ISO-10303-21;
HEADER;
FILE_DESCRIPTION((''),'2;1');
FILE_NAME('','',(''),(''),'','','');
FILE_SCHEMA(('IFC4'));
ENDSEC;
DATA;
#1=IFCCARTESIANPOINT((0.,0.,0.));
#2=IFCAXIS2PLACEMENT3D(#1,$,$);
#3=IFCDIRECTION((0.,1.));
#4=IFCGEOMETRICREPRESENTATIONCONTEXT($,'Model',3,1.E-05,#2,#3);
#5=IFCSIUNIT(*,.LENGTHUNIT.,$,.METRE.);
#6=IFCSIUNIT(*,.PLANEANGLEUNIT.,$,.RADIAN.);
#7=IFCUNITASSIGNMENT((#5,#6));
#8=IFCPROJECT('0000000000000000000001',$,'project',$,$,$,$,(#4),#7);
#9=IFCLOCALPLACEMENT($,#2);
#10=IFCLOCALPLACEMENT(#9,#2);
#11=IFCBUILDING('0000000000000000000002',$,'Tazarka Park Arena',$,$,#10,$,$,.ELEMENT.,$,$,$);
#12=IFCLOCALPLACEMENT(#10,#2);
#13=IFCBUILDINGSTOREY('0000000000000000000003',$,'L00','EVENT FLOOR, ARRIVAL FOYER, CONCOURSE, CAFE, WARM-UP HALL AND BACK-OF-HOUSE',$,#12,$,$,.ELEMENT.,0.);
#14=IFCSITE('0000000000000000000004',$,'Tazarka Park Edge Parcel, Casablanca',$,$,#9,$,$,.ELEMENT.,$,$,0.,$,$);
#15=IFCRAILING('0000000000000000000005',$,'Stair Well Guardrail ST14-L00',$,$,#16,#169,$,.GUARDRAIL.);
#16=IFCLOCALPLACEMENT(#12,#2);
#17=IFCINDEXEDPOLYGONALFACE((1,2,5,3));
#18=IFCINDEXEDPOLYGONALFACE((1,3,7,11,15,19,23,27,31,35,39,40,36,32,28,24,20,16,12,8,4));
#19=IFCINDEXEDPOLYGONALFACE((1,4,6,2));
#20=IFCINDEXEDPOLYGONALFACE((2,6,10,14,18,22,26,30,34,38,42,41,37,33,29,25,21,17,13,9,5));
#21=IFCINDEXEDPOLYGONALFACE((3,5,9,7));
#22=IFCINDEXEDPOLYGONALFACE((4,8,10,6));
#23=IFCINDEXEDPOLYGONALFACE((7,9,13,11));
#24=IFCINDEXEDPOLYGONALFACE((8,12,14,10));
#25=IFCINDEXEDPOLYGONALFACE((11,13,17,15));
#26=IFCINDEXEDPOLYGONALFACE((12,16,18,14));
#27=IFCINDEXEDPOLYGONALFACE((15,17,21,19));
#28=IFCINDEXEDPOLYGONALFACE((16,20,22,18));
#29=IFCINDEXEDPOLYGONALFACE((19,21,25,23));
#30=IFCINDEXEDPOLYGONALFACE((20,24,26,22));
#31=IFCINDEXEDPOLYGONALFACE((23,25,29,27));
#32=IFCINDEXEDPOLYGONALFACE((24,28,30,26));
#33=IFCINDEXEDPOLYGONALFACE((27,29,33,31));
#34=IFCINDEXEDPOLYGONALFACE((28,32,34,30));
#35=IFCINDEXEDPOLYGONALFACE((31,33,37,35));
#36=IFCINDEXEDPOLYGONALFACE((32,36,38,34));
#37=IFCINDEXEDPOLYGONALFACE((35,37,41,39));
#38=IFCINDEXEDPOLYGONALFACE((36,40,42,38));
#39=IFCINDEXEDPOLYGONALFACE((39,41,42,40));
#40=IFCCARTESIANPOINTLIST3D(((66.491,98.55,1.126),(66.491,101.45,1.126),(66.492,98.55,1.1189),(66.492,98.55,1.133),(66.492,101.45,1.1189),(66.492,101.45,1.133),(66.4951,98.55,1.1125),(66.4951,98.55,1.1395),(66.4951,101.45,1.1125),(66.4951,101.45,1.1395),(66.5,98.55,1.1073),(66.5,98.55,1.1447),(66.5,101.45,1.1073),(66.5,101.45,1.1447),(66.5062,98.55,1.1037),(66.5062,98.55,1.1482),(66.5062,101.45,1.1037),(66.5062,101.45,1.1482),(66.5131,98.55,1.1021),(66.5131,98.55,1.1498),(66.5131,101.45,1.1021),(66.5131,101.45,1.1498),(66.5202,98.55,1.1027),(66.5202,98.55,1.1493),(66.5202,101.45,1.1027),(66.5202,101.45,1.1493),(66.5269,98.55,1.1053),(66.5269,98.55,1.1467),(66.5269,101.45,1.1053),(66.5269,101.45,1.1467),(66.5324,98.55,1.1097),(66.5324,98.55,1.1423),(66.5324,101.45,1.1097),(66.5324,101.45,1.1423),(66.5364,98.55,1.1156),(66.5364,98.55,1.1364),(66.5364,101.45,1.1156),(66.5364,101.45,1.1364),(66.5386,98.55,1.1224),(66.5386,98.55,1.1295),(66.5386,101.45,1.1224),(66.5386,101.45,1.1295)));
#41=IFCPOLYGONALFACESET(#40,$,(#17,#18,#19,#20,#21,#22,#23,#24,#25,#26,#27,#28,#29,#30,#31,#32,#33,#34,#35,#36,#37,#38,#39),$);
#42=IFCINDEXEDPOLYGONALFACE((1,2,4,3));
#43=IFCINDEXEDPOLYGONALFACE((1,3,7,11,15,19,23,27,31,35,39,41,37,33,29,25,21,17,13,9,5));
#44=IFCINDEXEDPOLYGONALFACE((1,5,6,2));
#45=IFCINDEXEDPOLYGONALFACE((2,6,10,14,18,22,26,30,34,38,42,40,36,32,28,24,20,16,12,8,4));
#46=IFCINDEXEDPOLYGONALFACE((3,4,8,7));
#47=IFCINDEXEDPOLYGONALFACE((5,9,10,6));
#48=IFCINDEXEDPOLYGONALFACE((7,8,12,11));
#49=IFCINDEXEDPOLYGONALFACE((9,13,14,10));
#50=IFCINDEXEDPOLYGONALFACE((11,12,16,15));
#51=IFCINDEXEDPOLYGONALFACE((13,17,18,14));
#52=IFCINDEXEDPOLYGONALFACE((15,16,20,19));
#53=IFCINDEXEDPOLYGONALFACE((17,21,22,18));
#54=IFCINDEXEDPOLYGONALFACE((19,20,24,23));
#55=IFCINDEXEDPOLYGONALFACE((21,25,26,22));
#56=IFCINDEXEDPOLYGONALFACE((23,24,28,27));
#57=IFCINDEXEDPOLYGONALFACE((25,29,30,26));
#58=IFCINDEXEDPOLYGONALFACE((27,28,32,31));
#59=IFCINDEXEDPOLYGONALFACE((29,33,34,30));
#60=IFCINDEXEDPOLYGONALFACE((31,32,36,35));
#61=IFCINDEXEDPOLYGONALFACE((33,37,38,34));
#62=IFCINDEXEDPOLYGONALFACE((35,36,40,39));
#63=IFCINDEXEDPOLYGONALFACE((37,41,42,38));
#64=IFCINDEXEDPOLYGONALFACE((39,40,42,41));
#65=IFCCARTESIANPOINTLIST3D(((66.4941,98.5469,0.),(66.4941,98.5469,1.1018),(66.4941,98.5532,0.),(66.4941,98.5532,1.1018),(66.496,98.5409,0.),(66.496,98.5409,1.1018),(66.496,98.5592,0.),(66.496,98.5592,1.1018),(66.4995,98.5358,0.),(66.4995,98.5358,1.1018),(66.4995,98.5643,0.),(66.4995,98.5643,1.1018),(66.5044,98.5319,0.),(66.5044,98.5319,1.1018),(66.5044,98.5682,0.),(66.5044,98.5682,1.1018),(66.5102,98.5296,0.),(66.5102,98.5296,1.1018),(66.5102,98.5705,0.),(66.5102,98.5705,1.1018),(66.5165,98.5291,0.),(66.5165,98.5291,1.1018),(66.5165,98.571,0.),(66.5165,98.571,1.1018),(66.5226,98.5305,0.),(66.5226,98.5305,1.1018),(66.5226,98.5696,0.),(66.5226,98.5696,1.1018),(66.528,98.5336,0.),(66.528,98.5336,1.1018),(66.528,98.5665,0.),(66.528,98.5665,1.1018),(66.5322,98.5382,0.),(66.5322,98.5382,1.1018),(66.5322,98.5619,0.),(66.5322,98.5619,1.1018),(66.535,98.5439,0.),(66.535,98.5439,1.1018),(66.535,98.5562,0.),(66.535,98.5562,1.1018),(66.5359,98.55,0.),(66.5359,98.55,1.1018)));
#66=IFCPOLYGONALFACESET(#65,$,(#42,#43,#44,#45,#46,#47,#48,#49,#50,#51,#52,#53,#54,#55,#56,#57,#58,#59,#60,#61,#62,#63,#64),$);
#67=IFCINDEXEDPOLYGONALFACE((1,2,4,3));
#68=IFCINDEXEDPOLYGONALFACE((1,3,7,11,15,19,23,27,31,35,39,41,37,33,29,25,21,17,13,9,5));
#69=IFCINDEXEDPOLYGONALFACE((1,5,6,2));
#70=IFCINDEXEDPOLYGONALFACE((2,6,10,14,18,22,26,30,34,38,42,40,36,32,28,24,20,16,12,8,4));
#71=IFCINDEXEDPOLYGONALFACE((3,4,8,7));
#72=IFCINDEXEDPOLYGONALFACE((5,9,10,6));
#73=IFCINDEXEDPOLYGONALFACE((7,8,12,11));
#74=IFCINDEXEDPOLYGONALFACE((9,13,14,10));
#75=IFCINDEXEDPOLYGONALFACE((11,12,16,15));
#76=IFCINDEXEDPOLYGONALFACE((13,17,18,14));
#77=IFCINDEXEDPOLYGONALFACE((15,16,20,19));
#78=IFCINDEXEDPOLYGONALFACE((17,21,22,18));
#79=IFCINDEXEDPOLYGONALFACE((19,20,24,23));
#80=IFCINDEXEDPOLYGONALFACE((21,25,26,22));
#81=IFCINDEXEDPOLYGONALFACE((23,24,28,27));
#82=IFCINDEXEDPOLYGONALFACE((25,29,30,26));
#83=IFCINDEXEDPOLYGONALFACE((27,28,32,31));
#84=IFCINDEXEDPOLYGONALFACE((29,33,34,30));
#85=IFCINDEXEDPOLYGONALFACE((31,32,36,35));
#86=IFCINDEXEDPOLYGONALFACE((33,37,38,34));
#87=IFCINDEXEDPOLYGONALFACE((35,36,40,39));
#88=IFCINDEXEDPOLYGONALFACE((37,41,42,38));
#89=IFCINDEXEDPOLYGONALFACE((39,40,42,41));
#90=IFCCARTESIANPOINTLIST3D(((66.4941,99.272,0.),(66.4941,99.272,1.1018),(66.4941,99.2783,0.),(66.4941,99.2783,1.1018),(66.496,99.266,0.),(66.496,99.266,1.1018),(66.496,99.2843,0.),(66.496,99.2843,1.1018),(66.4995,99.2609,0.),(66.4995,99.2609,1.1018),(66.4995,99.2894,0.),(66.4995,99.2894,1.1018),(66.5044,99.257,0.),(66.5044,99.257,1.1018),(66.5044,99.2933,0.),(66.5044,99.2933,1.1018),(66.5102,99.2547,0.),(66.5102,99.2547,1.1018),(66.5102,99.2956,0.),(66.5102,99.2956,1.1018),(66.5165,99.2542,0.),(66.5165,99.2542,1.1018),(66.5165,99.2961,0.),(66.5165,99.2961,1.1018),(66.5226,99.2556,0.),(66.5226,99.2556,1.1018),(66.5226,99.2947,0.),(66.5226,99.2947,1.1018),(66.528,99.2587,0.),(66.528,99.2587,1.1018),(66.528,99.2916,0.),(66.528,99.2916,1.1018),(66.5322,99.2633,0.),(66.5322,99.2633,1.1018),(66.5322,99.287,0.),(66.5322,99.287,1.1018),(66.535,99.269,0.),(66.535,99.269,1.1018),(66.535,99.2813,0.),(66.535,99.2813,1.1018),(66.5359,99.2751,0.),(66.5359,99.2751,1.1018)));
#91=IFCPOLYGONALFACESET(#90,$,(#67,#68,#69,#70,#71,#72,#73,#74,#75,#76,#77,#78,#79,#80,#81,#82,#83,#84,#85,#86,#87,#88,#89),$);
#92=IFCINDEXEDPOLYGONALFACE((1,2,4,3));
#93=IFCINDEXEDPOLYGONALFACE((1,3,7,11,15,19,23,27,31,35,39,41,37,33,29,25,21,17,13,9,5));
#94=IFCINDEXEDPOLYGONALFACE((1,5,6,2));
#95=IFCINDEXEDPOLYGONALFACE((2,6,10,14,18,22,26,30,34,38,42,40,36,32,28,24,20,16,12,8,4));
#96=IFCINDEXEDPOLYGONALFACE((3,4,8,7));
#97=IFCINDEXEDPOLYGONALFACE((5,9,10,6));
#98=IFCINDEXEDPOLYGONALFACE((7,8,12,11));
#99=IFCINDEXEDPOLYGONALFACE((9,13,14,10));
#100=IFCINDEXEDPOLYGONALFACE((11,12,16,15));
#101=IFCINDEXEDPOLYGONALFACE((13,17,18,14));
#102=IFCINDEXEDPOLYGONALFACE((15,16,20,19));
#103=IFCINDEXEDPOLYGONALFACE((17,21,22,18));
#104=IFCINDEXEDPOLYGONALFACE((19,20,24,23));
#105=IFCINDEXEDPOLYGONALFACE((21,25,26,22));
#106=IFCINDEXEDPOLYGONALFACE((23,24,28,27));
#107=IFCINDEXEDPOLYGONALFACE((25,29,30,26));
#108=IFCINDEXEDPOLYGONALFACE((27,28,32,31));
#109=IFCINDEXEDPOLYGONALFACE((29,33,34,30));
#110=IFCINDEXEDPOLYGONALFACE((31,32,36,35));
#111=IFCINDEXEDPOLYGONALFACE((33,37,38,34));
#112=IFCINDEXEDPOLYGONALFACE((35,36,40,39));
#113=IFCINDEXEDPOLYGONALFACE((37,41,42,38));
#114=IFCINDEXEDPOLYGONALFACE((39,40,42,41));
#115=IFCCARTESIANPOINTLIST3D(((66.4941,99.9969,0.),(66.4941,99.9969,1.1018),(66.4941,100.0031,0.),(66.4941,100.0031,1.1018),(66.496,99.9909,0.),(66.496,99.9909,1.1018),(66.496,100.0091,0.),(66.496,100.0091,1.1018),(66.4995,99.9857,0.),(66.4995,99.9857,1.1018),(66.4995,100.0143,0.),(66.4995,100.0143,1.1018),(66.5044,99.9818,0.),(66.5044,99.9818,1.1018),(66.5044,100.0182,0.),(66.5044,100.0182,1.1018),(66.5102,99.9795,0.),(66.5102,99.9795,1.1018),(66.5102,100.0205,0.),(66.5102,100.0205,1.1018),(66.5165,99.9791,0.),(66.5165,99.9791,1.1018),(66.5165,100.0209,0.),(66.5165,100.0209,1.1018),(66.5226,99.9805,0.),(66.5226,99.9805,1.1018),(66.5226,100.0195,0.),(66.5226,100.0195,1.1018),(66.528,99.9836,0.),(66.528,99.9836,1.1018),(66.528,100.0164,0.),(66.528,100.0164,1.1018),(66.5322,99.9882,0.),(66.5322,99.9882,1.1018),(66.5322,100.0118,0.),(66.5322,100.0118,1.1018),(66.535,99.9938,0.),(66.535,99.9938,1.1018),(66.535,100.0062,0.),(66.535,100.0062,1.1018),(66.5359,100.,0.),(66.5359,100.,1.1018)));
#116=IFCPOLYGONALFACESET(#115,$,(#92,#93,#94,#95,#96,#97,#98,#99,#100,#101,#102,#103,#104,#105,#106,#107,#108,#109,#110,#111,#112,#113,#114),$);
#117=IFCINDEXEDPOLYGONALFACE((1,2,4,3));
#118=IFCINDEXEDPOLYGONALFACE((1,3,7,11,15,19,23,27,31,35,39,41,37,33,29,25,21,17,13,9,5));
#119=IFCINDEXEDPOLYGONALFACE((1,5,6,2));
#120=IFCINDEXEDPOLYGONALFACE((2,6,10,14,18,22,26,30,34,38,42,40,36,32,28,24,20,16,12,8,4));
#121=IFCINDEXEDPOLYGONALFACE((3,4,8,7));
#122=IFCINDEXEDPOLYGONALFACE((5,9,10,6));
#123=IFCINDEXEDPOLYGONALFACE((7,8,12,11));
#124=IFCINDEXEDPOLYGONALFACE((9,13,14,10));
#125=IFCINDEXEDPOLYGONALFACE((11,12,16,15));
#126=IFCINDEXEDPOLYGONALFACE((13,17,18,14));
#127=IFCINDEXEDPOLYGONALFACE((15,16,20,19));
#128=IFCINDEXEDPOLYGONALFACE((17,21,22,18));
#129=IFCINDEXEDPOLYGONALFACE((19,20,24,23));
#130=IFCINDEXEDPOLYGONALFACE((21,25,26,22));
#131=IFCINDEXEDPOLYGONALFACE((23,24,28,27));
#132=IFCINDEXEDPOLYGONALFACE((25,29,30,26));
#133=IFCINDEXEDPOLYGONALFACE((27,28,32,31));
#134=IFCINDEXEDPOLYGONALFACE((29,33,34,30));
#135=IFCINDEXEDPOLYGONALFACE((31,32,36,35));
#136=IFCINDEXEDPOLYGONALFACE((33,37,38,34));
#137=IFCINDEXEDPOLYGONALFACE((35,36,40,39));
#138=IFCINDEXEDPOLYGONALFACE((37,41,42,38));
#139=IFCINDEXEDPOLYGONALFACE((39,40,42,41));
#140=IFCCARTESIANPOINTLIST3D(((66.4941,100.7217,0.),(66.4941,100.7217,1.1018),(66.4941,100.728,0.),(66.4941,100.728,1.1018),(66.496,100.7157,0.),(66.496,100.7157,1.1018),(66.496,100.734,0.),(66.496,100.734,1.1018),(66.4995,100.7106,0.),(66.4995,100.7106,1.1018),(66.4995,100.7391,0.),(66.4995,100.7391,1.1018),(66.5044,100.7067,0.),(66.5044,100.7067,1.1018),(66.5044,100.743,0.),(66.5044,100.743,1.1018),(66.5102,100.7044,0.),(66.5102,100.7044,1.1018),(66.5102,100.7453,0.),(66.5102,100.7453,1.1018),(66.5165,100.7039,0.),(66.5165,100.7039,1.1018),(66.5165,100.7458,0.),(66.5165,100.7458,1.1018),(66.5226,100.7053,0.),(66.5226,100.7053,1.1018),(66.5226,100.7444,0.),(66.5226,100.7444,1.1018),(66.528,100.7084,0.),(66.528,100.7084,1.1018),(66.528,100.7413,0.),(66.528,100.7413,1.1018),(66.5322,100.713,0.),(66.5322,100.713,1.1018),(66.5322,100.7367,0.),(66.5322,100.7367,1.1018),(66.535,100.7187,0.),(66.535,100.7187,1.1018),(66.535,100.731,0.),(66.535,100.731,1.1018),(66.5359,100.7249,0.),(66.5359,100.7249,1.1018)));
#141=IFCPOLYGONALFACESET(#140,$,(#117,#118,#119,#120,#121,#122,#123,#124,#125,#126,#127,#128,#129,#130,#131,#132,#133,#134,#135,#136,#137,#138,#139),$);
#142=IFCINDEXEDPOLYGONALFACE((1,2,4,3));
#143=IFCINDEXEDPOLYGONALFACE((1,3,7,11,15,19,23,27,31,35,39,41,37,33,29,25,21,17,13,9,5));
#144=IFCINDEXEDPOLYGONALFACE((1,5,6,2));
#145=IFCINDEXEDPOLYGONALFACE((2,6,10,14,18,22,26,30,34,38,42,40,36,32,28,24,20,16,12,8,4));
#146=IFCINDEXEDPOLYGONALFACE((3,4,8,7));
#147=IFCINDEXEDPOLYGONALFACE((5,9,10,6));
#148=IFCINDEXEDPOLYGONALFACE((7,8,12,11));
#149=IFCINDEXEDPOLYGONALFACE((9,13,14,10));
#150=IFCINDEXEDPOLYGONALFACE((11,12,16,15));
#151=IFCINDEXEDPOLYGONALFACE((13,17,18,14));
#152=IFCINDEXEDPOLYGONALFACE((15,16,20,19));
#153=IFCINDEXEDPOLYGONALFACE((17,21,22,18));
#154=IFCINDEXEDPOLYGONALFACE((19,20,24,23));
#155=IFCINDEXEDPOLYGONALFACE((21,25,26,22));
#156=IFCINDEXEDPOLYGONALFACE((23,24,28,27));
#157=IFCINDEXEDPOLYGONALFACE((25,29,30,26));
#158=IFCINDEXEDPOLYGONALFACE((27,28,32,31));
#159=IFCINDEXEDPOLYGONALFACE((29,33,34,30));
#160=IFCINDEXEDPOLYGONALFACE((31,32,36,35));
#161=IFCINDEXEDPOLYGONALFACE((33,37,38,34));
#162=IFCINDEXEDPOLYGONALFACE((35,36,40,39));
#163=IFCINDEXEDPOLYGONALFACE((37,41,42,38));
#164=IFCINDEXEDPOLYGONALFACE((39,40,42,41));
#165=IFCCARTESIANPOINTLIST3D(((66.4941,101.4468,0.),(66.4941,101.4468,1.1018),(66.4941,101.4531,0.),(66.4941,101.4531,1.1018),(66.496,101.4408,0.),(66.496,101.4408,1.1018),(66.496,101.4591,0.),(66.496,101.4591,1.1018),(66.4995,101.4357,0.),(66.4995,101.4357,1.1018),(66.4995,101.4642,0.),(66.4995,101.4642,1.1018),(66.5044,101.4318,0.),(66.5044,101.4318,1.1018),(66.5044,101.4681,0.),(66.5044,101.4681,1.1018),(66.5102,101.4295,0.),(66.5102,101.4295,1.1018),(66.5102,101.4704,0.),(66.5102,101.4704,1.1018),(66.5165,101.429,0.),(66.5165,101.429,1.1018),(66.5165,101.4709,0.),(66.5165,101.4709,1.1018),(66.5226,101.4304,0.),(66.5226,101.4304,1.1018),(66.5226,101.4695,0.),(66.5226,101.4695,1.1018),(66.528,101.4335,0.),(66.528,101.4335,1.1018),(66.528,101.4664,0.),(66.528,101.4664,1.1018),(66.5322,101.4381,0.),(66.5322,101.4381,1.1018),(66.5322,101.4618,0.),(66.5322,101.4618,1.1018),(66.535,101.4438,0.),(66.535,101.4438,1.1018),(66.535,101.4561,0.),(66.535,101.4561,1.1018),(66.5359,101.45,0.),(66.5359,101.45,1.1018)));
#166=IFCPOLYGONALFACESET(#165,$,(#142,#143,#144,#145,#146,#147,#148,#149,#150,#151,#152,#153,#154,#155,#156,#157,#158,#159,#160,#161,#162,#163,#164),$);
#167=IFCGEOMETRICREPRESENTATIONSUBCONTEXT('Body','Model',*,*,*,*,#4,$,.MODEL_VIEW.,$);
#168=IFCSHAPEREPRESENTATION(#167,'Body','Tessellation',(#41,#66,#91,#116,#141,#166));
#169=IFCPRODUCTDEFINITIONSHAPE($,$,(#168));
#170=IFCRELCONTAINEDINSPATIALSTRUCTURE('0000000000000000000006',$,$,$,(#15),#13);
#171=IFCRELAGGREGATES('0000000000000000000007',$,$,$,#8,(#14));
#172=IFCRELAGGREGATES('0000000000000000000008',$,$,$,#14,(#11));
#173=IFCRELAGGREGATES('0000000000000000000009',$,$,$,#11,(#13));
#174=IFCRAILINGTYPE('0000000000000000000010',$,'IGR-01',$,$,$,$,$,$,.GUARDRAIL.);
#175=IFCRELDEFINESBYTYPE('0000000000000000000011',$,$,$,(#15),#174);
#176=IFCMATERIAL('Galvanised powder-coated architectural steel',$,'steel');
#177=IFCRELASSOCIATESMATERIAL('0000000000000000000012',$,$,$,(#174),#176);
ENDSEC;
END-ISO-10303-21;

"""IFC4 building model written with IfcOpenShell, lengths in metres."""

from ifc_helpers import new_model, si_unit, direction, frame, origin, origin_2d, place, context, subcontext, project, spatial, circle, extrude, material, type_object, element, save


model = new_model("IFC4")

# Units and contexts
model_context = context("Model", 3, precision=1e-05, world=origin(), true_north=direction((0.0, 1.0)))
body_context = subcontext(model_context, "Body", "Model", "MODEL_VIEW")
ifc_project = project(units=[si_unit("LENGTHUNIT", "METRE"), si_unit("PLANEANGLEUNIT", "RADIAN")], contexts=[model_context])

# Site, building, storey
site_placement = place(None, origin())
site = spatial("IfcSite", under=ifc_project, at=site_placement, Name="Tazarka Park Edge Parcel, Casablanca", CompositionType="ELEMENT", RefElevation=0.0)
building_placement = place(site_placement, origin())
building = spatial("IfcBuilding", under=site, at=building_placement, Name="Tazarka Park Arena", CompositionType="ELEMENT")
storey_placement = place(building_placement, origin())
storey = spatial("IfcBuildingStorey", under=building, at=storey_placement, Name="L00", Description="EVENT FLOOR, ARRIVAL FOYER, CONCOURSE, CAFE, WARM-UP HALL AND BACK-OF-HOUSE", CompositionType="ELEMENT", Elevation=0.0)

# Railing
ifc_material_1 = material(Name="Galvanised powder-coated architectural steel", Category="steel")
railing_type_1 = type_object("IfcRailingType", Name="IGR-01", PredefinedType="GUARDRAIL", material=ifc_material_1)
for number, where, name in (
    (1, (66.5149, 98.55, 0.0), "Stair Well Guardrail ST14-L00"),
):
    element("IfcRailing", number, at=place(storey_placement, frame(where)), inside=storey, type_object=railing_type_1, Name=name, PredefinedType="GUARDRAIL", context=body_context, shape_type="SweptSolid", body=[
        extrude(circle(Radius=0.0239, at=origin_2d()), frame((0.0, 0.0, 1.126), z_axis=(0.0, 1.0, 0.0), x_axis=(-1.0, 0.0, 0.0)), (0.0, 0.0, 1.0), 2.8999),
        extrude(circle(Radius=0.021, at=origin_2d()), origin(), (0.0, 0.0, 1.0), 1.1018),
        extrude(circle(Radius=0.021, at=origin_2d()), frame((0.0, 0.7251, 0.0)), (0.0, 0.0, 1.0), 1.1018),
        extrude(circle(Radius=0.021, at=origin_2d()), frame((0.0, 1.45, 0.0)), (0.0, 0.0, 1.0), 1.1018),
        extrude(circle(Radius=0.021, at=origin_2d()), frame((0.0, 2.1748, 0.0)), (0.0, 0.0, 1.0), 1.1018),
        extrude(circle(Radius=0.021, at=origin_2d()), frame((0.0, 2.8999, 0.0)), (0.0, 0.0, 1.0), 1.1018),
    ])

save(model, "model.ifc")
